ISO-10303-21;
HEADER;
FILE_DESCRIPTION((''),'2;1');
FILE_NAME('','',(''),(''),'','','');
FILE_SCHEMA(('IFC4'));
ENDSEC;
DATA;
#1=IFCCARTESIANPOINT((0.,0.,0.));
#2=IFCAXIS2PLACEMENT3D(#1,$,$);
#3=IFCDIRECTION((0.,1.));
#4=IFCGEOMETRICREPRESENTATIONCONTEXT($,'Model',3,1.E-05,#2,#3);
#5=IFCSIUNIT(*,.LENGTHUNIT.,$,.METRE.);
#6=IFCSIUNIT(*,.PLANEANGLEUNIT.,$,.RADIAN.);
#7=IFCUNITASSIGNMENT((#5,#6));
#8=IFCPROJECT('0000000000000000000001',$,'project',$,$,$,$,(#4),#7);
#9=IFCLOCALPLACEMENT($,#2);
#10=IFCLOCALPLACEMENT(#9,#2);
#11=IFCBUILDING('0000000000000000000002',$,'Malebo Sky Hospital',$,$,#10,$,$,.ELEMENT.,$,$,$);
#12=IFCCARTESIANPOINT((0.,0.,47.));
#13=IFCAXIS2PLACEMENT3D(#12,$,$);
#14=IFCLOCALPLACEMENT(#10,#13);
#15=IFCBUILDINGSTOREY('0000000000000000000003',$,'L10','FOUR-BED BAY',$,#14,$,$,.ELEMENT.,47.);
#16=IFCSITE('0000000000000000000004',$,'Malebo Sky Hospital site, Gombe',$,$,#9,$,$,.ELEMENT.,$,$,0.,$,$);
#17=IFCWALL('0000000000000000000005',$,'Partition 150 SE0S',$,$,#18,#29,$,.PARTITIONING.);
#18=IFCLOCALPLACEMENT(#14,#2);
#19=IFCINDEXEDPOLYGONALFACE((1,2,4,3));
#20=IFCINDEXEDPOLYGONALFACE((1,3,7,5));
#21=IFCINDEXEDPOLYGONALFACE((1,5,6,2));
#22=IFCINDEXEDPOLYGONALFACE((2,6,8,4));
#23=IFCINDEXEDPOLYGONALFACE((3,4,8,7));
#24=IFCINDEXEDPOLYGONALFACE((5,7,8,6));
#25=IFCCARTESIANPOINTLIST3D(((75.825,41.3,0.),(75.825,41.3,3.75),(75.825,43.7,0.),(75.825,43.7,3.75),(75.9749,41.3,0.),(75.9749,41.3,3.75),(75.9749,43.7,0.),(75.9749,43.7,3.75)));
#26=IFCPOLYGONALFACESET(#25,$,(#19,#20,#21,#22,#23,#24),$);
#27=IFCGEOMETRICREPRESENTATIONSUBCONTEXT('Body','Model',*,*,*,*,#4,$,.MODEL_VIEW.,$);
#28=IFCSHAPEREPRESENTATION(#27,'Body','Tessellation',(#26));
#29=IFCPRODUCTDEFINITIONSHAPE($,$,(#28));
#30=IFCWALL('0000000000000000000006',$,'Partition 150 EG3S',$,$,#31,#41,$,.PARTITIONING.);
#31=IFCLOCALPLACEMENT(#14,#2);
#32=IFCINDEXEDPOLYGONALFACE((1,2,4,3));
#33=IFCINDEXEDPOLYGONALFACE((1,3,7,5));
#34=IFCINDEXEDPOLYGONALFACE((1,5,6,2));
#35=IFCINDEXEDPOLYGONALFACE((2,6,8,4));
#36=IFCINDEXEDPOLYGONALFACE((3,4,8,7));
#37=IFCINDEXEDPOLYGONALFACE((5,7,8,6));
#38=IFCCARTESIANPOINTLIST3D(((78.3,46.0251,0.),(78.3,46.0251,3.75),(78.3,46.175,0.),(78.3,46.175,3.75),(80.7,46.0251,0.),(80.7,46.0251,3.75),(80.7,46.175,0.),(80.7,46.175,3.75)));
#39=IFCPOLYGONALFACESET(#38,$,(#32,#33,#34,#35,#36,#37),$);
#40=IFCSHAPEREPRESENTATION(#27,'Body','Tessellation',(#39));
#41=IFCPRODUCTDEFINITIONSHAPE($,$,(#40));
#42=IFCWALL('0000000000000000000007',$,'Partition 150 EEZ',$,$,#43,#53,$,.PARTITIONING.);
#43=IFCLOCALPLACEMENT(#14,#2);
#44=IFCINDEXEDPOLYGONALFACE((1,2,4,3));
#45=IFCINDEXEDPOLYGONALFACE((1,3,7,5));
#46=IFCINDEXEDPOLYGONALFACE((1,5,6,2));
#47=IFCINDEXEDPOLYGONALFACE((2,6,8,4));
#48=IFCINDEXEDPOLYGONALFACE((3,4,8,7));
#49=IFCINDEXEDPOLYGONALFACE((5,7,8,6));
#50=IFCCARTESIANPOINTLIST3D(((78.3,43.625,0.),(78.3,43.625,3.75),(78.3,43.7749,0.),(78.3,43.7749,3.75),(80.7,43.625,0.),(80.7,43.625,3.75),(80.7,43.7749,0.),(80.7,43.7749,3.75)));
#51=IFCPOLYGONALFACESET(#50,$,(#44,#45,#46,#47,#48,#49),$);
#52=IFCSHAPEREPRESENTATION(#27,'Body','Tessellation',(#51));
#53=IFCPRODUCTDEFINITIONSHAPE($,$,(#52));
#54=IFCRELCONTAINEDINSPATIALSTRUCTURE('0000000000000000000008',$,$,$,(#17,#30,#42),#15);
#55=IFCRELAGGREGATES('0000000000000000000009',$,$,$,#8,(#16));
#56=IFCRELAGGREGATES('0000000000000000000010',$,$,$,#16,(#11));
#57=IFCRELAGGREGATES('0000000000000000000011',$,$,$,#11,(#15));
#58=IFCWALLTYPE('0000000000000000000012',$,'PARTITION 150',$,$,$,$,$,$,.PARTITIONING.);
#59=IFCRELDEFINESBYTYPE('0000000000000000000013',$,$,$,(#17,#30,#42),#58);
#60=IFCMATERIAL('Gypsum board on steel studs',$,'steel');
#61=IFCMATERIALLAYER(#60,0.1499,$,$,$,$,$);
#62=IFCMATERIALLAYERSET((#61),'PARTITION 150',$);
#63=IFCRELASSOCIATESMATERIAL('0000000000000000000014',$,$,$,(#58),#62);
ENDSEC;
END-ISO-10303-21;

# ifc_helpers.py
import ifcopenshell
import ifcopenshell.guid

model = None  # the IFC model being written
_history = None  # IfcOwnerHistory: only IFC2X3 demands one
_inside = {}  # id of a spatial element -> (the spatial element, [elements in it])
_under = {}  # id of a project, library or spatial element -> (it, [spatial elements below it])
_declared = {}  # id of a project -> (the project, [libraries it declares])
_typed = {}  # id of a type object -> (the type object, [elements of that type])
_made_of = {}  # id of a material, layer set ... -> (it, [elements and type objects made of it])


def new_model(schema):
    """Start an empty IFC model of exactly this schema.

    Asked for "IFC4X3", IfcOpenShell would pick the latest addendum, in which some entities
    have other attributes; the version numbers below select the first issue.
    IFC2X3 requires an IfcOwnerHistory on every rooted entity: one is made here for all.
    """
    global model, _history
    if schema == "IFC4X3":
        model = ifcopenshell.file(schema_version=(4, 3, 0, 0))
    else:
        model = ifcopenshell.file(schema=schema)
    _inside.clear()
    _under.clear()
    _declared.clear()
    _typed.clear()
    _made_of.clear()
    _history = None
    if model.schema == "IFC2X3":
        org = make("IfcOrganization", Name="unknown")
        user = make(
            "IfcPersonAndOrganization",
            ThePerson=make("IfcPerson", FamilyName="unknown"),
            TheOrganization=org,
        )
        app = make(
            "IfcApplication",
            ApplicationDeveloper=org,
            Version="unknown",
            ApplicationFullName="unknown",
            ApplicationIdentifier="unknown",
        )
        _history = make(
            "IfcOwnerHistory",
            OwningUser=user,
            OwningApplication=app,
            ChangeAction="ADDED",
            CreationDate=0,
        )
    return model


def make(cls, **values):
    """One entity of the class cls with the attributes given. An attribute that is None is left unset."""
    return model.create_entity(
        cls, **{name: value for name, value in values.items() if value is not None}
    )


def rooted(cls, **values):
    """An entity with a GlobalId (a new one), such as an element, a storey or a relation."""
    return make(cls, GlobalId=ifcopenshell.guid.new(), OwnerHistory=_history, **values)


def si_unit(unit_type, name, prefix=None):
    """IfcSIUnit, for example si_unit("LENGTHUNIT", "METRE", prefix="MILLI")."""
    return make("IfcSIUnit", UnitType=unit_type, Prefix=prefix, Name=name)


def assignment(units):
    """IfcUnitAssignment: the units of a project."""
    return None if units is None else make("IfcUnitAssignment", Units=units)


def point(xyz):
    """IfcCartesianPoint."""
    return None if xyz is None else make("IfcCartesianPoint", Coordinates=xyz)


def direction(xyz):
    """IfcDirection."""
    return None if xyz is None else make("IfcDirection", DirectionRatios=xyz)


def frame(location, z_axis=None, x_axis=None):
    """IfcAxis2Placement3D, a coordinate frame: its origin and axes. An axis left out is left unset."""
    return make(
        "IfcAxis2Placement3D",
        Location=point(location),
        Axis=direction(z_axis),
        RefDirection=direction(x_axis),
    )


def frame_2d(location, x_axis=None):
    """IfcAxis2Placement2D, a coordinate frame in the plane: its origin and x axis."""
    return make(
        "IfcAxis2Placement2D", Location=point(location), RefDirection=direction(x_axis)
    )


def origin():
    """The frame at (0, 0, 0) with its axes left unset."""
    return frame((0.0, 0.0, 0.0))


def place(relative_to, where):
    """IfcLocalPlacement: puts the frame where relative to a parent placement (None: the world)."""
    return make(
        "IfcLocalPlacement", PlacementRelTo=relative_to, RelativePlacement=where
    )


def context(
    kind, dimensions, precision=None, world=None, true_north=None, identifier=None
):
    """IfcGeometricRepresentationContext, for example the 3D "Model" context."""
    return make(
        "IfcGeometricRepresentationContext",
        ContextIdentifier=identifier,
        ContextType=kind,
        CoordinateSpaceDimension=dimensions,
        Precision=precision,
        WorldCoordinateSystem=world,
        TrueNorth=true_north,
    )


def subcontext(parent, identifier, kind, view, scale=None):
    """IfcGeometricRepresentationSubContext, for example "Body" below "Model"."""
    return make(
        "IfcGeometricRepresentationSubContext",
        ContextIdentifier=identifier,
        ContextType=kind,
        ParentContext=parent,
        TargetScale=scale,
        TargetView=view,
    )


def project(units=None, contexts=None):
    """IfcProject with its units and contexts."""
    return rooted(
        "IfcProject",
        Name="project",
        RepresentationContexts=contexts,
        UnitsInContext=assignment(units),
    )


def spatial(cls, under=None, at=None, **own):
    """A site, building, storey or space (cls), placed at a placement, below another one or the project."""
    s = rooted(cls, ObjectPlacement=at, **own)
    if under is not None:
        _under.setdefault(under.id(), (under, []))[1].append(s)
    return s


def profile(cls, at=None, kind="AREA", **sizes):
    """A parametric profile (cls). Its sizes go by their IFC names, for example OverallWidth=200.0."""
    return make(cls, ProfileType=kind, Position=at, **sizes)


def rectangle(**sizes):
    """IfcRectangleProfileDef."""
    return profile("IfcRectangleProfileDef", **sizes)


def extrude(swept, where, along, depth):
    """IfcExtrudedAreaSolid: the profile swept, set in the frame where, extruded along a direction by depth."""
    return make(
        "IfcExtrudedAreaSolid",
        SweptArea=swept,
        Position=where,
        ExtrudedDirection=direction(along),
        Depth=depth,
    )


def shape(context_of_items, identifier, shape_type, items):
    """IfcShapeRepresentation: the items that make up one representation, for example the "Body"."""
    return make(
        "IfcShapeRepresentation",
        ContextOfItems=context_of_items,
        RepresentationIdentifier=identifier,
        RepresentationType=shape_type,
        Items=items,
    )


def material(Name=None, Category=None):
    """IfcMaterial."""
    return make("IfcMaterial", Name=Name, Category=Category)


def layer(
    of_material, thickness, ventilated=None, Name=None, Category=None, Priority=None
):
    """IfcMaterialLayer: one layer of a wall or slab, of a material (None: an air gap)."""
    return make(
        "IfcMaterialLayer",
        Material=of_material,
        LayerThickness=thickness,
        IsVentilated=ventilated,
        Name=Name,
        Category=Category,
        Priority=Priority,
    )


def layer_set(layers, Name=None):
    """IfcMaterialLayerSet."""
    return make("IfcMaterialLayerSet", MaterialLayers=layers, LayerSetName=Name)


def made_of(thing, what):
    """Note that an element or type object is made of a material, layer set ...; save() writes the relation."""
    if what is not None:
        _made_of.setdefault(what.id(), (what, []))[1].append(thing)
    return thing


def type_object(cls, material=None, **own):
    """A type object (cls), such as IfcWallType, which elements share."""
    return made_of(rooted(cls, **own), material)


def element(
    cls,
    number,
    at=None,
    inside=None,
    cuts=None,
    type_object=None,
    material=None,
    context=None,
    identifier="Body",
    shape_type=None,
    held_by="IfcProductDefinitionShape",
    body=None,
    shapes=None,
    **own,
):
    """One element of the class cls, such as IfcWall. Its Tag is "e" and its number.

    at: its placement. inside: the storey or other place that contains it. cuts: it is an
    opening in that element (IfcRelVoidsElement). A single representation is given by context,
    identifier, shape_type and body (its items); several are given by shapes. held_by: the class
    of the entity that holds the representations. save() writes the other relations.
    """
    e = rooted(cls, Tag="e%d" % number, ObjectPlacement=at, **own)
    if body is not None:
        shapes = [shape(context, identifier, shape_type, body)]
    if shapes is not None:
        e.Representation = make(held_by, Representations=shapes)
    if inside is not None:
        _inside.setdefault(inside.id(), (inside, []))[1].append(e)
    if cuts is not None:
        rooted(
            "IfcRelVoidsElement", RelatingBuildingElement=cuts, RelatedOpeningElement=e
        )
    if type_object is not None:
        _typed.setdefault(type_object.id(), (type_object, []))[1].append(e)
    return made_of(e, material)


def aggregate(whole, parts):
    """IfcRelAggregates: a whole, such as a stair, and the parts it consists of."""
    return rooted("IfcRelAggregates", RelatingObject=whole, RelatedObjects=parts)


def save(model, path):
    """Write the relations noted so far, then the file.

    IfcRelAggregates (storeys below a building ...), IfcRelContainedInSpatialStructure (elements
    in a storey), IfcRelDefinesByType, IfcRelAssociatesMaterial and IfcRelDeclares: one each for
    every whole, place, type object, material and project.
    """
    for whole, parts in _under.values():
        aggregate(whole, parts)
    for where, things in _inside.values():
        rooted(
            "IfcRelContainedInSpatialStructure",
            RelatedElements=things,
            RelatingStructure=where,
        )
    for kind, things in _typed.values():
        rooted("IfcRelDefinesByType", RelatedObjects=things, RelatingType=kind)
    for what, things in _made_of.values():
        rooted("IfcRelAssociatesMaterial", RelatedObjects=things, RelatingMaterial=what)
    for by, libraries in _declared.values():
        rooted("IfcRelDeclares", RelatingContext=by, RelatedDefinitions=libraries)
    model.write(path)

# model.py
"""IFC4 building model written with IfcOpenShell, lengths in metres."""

from ifc_helpers import new_model, si_unit, direction, frame, frame_2d, origin, place, context, subcontext, project, spatial, rectangle, extrude, material, layer, layer_set, type_object, element, save


model = new_model("IFC4")

# Units and contexts
model_context = context("Model", 3, precision=1e-05, world=origin(), true_north=direction((0.0, 1.0)))
body_context = subcontext(model_context, "Body", "Model", "MODEL_VIEW")
ifc_project = project(units=[si_unit("LENGTHUNIT", "METRE"), si_unit("PLANEANGLEUNIT", "RADIAN")], contexts=[model_context])

# Site, building, storey
site_placement = place(None, origin())
site = spatial("IfcSite", under=ifc_project, at=site_placement, Name="Malebo Sky Hospital site, Gombe", CompositionType="ELEMENT", RefElevation=0.0)
building_placement = place(site_placement, origin())
building = spatial("IfcBuilding", under=site, at=building_placement, Name="Malebo Sky Hospital", CompositionType="ELEMENT")
storey_placement = place(building_placement, frame((0.0, 0.0, 47.0)))
storey = spatial("IfcBuildingStorey", under=building, at=storey_placement, Name="L10", Description="FOUR-BED BAY", CompositionType="ELEMENT", Elevation=47.0)

# Shared definitions
ifc_material_1 = material(Name="Gypsum board on steel studs", Category="steel")

# Shared definitions
ifc_layer_1 = layer(ifc_material_1, 0.1499)
ifc_layer_set_1 = layer_set([ifc_layer_1], Name="PARTITION 150")
wall_type_1 = type_object("IfcWallType", Name="PARTITION 150", PredefinedType="PARTITIONING", material=ifc_layer_set_1)

# Walls
for number, where, z_axis, x_axis, name in (
    (1, (75.8999, 43.7, 0.0), (0.0, 0.0, 1.0), (0.0, -1.0, 0.0), "Partition 150 SE0S"),
    (2, (78.3, 46.1001, 0.0), (0.0, 0.0, 1.0), (1.0, 0.0, 0.0), "Partition 150 EG3S"),
    (3, (78.3, 43.7, 0.0), (0.0, 0.0, 1.0), (1.0, 0.0, 0.0), "Partition 150 EEZ"),
):
    element("IfcWall", number, at=place(storey_placement, frame(where, z_axis=z_axis, x_axis=x_axis)), inside=storey, type_object=wall_type_1, Name=name, PredefinedType="PARTITIONING", context=body_context, shape_type="SweptSolid", body=[
        extrude(rectangle(XDim=2.3999, YDim=0.1499, at=frame_2d((1.2, 0.0))), origin(), (0.0, 0.0, 1.0), 3.75),
    ])

save(model, "model.ifc")
